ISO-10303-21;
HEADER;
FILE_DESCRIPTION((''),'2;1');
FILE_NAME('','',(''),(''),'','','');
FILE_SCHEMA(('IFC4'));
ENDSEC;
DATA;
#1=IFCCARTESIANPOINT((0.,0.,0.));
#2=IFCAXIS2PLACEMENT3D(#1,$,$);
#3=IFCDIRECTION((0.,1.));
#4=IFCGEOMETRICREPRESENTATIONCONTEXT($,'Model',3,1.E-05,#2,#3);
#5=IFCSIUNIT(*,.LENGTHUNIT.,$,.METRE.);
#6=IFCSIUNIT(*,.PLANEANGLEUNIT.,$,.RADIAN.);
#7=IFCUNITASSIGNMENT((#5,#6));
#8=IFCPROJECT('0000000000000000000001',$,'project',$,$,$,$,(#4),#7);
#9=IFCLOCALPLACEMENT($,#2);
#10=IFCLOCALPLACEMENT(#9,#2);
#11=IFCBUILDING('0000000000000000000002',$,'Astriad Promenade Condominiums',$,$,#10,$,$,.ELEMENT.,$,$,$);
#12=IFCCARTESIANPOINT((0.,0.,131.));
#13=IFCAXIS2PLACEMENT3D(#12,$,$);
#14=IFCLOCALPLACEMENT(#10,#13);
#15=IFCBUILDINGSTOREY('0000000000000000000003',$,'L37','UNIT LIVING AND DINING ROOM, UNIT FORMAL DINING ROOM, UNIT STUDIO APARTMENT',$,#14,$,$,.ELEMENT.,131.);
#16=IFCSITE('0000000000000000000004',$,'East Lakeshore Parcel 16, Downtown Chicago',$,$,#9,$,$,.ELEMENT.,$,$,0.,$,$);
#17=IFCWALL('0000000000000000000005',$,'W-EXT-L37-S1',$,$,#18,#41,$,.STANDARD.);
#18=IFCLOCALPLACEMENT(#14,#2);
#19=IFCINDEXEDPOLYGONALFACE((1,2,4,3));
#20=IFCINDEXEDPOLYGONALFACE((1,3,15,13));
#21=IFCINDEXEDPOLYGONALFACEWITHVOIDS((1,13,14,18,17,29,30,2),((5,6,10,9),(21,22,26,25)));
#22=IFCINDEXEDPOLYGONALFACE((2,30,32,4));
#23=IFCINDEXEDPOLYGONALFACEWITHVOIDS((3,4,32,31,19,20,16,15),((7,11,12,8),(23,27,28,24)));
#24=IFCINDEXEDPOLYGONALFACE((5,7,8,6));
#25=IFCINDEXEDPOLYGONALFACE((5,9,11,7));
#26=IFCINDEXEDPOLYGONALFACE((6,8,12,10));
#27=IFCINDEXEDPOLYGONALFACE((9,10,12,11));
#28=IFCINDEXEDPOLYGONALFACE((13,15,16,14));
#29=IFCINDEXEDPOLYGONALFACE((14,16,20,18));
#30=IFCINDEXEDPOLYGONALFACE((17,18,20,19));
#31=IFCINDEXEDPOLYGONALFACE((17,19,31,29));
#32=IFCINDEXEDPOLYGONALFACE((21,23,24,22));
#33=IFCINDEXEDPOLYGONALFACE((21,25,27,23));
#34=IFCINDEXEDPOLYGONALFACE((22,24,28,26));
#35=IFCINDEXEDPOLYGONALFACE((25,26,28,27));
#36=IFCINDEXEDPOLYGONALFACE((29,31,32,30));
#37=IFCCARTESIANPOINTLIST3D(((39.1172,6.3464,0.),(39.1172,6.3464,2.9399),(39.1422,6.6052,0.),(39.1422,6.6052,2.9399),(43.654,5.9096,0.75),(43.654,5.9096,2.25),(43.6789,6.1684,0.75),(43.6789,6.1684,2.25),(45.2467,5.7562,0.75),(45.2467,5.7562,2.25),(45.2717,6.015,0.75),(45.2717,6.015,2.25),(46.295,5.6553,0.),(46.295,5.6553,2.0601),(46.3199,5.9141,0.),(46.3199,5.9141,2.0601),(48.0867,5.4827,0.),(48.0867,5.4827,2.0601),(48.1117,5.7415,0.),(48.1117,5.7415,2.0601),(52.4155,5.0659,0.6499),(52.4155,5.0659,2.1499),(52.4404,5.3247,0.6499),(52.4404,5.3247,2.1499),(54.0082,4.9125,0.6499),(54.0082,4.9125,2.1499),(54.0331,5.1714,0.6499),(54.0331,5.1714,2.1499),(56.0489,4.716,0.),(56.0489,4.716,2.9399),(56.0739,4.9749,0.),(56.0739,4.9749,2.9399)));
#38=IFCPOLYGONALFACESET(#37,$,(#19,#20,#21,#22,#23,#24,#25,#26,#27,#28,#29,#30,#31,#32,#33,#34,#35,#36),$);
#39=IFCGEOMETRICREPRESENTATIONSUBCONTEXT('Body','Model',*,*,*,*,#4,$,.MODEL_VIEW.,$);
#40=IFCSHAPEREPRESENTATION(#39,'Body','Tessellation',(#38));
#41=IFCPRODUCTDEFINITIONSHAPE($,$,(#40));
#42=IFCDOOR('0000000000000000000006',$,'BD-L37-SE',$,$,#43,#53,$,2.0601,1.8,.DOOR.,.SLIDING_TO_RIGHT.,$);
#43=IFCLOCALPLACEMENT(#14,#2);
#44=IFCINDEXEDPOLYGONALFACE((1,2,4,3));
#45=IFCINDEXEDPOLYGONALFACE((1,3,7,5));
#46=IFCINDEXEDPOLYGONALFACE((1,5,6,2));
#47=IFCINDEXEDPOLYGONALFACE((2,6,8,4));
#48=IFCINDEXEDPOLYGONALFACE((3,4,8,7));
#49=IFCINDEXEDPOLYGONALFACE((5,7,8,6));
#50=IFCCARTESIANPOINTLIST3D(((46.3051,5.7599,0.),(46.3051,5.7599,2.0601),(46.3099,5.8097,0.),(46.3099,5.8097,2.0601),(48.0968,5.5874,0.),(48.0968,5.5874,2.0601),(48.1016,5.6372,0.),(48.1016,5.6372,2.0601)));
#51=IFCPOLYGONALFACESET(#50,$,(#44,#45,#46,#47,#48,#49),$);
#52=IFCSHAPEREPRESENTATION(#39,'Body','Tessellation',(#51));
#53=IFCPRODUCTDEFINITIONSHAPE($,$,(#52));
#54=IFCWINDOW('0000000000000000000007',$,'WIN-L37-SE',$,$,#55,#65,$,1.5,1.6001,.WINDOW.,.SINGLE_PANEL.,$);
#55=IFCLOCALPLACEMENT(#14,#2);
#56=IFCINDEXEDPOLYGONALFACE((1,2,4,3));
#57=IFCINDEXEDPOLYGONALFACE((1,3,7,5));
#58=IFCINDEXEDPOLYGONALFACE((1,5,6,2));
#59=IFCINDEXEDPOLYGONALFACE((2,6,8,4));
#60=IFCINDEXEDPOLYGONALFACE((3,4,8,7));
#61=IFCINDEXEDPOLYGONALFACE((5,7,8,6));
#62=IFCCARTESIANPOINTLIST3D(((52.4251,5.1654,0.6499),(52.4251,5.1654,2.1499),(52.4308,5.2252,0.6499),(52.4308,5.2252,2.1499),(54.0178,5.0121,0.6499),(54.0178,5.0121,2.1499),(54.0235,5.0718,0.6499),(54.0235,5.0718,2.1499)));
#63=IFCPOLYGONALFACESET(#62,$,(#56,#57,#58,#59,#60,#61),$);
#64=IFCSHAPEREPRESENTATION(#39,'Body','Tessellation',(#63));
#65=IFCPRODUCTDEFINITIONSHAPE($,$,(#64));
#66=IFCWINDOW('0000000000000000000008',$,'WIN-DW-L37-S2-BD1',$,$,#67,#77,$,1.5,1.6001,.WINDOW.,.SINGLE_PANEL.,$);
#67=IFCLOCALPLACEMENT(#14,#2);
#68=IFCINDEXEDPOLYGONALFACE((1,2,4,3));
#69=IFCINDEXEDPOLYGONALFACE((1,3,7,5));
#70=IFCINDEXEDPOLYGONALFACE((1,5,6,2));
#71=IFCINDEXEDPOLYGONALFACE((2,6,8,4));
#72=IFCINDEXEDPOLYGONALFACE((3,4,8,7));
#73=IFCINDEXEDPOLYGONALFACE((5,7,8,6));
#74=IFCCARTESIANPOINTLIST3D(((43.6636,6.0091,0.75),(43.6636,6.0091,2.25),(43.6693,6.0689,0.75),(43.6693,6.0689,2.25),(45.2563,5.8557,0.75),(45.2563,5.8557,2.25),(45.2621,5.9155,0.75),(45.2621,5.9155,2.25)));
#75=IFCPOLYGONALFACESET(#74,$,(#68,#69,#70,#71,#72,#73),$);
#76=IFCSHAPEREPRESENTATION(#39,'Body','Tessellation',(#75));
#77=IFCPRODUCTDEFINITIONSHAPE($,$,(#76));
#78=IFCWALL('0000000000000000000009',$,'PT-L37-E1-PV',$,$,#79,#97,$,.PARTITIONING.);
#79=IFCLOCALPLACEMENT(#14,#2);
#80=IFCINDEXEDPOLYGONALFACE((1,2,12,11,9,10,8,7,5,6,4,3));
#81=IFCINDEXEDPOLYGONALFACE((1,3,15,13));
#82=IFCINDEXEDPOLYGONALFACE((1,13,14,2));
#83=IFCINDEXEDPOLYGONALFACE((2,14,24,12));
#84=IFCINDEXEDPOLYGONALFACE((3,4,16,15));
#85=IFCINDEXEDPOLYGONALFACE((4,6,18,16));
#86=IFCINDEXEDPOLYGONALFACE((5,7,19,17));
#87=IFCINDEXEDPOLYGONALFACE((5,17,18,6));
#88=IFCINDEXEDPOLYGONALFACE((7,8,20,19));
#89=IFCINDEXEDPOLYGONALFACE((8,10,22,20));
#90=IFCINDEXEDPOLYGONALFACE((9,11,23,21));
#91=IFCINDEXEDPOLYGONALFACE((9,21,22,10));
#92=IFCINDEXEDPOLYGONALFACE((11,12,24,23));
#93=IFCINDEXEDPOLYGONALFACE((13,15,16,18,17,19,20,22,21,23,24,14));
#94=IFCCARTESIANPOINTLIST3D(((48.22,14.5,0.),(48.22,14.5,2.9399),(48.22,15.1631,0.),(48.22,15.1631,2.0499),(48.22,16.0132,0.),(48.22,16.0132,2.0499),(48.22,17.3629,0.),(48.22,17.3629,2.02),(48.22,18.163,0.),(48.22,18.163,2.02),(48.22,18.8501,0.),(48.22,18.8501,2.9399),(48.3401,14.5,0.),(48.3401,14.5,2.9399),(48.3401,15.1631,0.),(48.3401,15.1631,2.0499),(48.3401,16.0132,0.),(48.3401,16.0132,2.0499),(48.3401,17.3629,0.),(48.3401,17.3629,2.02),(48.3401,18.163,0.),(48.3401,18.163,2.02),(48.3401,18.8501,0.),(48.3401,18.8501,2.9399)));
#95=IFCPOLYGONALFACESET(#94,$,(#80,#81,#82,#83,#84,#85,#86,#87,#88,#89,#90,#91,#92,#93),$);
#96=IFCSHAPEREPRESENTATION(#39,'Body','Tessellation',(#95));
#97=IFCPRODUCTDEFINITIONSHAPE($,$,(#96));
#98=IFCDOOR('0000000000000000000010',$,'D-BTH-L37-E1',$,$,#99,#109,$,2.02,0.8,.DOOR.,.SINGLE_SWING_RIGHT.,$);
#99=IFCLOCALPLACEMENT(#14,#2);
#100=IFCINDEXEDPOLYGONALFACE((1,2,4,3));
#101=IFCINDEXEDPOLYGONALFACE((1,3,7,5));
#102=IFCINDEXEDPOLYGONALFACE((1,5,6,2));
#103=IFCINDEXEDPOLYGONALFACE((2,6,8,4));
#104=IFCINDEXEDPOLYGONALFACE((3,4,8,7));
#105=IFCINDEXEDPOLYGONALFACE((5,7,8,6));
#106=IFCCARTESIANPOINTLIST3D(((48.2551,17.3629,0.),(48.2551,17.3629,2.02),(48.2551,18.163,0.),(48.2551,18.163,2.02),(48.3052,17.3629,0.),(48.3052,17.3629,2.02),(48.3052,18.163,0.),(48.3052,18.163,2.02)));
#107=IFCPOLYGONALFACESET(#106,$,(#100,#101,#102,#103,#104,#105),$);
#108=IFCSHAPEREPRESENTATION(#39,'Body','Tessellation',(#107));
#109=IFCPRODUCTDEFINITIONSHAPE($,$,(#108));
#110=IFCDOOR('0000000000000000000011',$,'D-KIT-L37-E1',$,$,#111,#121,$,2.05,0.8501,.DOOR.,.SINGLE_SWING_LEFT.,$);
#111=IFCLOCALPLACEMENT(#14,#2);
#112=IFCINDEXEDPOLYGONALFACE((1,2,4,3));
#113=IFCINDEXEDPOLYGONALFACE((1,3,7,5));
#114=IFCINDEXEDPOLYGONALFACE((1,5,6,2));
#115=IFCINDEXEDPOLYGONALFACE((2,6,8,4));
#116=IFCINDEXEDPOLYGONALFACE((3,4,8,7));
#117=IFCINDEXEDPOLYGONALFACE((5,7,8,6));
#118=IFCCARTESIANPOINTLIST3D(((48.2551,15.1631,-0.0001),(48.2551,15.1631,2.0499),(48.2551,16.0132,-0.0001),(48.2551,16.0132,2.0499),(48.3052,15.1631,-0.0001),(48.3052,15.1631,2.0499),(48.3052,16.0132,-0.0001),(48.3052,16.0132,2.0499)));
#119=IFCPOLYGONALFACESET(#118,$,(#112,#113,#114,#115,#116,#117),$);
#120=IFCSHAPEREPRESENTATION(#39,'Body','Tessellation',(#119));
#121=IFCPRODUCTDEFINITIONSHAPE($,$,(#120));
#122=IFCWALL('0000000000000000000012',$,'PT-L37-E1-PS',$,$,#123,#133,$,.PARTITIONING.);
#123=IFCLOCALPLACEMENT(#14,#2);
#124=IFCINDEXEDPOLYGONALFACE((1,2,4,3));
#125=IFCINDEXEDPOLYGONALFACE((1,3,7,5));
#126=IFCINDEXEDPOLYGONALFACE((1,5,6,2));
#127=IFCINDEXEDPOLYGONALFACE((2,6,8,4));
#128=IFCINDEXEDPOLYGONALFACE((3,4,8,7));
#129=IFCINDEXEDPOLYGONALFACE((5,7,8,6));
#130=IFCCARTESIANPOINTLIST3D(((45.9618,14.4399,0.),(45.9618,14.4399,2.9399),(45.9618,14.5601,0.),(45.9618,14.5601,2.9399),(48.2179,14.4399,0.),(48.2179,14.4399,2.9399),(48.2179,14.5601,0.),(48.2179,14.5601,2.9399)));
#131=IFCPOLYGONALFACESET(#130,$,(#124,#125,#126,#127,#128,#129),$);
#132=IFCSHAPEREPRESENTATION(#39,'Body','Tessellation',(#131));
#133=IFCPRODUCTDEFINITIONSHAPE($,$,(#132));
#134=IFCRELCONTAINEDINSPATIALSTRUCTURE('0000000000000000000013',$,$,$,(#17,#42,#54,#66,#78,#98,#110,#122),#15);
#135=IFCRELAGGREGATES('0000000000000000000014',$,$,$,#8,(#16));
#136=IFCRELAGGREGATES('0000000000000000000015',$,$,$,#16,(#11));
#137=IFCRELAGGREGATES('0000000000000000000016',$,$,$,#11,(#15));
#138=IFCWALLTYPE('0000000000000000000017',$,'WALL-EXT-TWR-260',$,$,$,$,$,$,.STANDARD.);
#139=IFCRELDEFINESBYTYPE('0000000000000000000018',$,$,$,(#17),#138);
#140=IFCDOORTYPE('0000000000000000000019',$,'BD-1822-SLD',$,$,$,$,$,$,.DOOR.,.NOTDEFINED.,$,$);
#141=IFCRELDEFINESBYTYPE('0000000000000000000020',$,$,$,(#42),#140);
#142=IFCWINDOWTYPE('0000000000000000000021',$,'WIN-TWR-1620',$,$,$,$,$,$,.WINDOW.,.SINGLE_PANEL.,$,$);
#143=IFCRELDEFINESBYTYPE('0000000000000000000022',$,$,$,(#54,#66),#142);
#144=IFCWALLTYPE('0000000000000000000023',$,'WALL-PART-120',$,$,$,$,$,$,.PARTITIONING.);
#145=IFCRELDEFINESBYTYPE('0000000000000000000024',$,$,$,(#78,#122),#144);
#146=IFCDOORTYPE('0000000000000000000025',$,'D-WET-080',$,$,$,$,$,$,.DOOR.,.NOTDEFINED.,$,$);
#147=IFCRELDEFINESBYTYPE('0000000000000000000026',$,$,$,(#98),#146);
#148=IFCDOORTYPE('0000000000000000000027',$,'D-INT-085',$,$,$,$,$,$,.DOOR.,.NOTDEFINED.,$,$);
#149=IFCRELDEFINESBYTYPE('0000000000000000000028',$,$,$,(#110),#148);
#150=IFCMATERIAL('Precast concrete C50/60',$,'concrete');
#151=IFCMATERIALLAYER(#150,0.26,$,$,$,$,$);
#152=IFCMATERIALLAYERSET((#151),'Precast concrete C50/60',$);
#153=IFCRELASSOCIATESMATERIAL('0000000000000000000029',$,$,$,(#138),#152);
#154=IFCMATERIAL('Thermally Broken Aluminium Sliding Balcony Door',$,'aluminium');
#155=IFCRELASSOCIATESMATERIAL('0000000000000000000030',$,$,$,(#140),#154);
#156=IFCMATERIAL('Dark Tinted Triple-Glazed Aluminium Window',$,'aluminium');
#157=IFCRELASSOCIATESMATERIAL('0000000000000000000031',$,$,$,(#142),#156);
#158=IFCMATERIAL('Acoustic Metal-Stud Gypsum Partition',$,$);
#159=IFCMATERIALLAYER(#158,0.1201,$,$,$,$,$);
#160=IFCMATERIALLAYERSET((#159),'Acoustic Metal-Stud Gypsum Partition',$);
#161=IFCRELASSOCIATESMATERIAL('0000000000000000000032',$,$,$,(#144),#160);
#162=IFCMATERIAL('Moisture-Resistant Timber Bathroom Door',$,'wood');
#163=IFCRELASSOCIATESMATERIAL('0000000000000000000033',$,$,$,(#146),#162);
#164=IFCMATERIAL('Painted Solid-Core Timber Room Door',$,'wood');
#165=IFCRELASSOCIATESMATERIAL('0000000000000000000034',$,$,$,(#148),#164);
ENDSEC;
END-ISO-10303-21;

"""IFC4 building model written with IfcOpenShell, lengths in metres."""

from ifc_helpers import new_model, si_unit, direction, frame, frame_2d, origin, place, context, subcontext, project, spatial, rectangle, extrude, source, transform, mapped, material, layer, layer_set, type_object, type_shapes, element, fill, save


model = new_model("IFC4")

# Units and contexts
model_context = context("Model", 3, precision=1e-05, world=origin(), true_north=direction((0.0, 1.0)))
body_context = subcontext(model_context, "Body", "Model", "MODEL_VIEW")
ifc_project = project(units=[si_unit("LENGTHUNIT", "METRE"), si_unit("PLANEANGLEUNIT", "RADIAN")], contexts=[model_context])

# Site, building, storey
site_placement = place(None, origin())
site = spatial("IfcSite", under=ifc_project, at=site_placement, Name="East Lakeshore Parcel 16, Downtown Chicago", CompositionType="ELEMENT", RefElevation=0.0)
building_placement = place(site_placement, origin())
building = spatial("IfcBuilding", under=site, at=building_placement, Name="Astriad Promenade Condominiums", CompositionType="ELEMENT")
storey_placement = place(building_placement, frame((0.0, 0.0, 131.0)))
storey = spatial("IfcBuildingStorey", under=building, at=storey_placement, Name="L37", Description="UNIT LIVING AND DINING ROOM, UNIT FORMAL DINING ROOM, UNIT STUDIO APARTMENT", CompositionType="ELEMENT", Elevation=131.0)

# Wall, openings, door, windows
ifc_material_1 = material(Name="Precast concrete C50/60", Category="concrete")
ifc_layer_1 = layer(ifc_material_1, 0.26)
ifc_layer_set_1 = layer_set([ifc_layer_1], Name="Precast concrete C50/60")
wall_type_1 = type_object("IfcWallType", Name="WALL-EXT-TWR-260", PredefinedType="STANDARD", material=ifc_layer_set_1)
wall_1_placement = place(storey_placement, frame((56.0613, 4.8455, 0.0), z_axis=(0.0, 0.0, 1.0), x_axis=(-0.995396, 0.095848, 0.0)))
wall_1 = element("IfcWall", 1, at=wall_1_placement, inside=storey, type_object=wall_type_1, Name="W-EXT-L37-S1", PredefinedType="STANDARD", context=body_context, shape_type="SweptSolid", body=[
    extrude(rectangle(XDim=17.01, YDim=0.26, at=frame_2d((8.5049, 0.0))), origin(), (0.0, 0.0, 1.0), 2.9399),
])
opening_1_placement = place(wall_1_placement, frame((7.999, 0.0, 0.0)))
opening_1 = element("IfcOpeningElement", 2, at=opening_1_placement, cuts=wall_1, PredefinedType="OPENING", context=body_context, shape_type="SweptSolid", body=[
    extrude(rectangle(XDim=1.8, YDim=2.0601, at=frame_2d((0.8999, 1.03))), frame((0.0, 0.1399, 0.0), z_axis=(0.0, -1.0, 0.0), x_axis=(1.0, 0.0, 0.0)), (0.0, 0.0, 1.0), 0.28),
])
opening_2_placement = place(wall_1_placement, frame((2.05, 0.0, 0.6499)))
opening_2 = element("IfcOpeningElement", 3, at=opening_2_placement, cuts=wall_1, PredefinedType="OPENING", context=body_context, shape_type="SweptSolid", body=[
    extrude(rectangle(XDim=1.6001, YDim=1.5, at=frame_2d((0.8, 0.75))), frame((0.0, 0.1399, 0.0), z_axis=(0.0, -1.0, 0.0), x_axis=(1.0, 0.0, 0.0)), (0.0, 0.0, 1.0), 0.28),
])
opening_3_placement = place(wall_1_placement, frame((10.8521, 0.0, 0.75)))
opening_3 = element("IfcOpeningElement", 4, at=opening_3_placement, cuts=wall_1, PredefinedType="OPENING", context=body_context, shape_type="SweptSolid", body=[
    extrude(rectangle(XDim=1.6001, YDim=1.5, at=frame_2d((0.8, 0.75))), frame((0.0, 0.1399, 0.0), z_axis=(0.0, -1.0, 0.0), x_axis=(1.0, 0.0, 0.0)), (0.0, 0.0, 1.0), 0.28),
])
ifc_material_2 = material(Name="Thermally Broken Aluminium Sliding Balcony Door", Category="aluminium")
door_type_1 = type_object("IfcDoorType", Name="BD-1822-SLD", OperationType="NOTDEFINED", PredefinedType="DOOR", material=ifc_material_2)
shared_shape_1 = source(origin(), body_context, "Body", "SweptSolid", [
    extrude(rectangle(XDim=1.8, YDim=2.0601, at=frame_2d((0.8999, 1.03))), frame((0.0, 0.0249, 0.0), z_axis=(0.0, -1.0, 0.0), x_axis=(1.0, 0.0, 0.0)), (0.0, 0.0, 1.0), 0.05),
])
type_shapes(door_type_1, [shared_shape_1])
door_1_placement = place(opening_1_placement, origin())
door_1 = element("IfcDoor", 5, at=door_1_placement, inside=storey, type_object=door_type_1, Name="BD-L37-SE", OperationType="SLIDING_TO_RIGHT", OverallHeight=2.0601, OverallWidth=1.8, PredefinedType="DOOR", context=body_context, shape_type="MappedRepresentation", body=[
    mapped(shared_shape_1, transform((0.0, 0.0, 0.0), scale=1.0)),
])
fill(opening_1, door_1)
ifc_material_3 = material(Name="Dark Tinted Triple-Glazed Aluminium Window", Category="aluminium")
window_type = type_object("IfcWindowType", Name="WIN-TWR-1620", PartitioningType="SINGLE_PANEL", PredefinedType="WINDOW", material=ifc_material_3)
shared_shape_2 = source(origin(), body_context, "Body", "SweptSolid", [
    extrude(rectangle(XDim=1.6001, YDim=1.5, at=frame_2d((0.8, 0.75))), frame((0.0, 0.03, 0.0), z_axis=(0.0, -1.0, 0.0), x_axis=(1.0, 0.0, 0.0)), (0.0, 0.0, 1.0), 0.0601),
])
type_shapes(window_type, [shared_shape_2])
window_1_placement = place(opening_2_placement, origin())
window_1 = element("IfcWindow", 6, at=window_1_placement, inside=storey, type_object=window_type, Name="WIN-L37-SE", OverallHeight=1.5, OverallWidth=1.6001, PartitioningType="SINGLE_PANEL", PredefinedType="WINDOW", context=body_context, shape_type="MappedRepresentation", body=[
    mapped(shared_shape_2, transform((0.0, 0.0, 0.0), scale=1.0)),
])
fill(opening_2, window_1)
window_2_placement = place(opening_3_placement, origin())
window_2 = element("IfcWindow", 7, at=window_2_placement, inside=storey, type_object=window_type, Name="WIN-DW-L37-S2-BD1", OverallHeight=1.5, OverallWidth=1.6001, PartitioningType="SINGLE_PANEL", PredefinedType="WINDOW", context=body_context, shape_type="MappedRepresentation", body=[
    mapped(shared_shape_2, transform((0.0, 0.0, 0.0), scale=1.0)),
])
fill(opening_3, window_2)

# Wall, openings, doors
ifc_material_4 = material(Name="Acoustic Metal-Stud Gypsum Partition")
ifc_layer_2 = layer(ifc_material_4, 0.1201)
ifc_layer_set_2 = layer_set([ifc_layer_2], Name="Acoustic Metal-Stud Gypsum Partition")
wall_type_2 = type_object("IfcWallType", Name="WALL-PART-120", PredefinedType="PARTITIONING", material=ifc_layer_set_2)
wall_2_placement = place(storey_placement, frame((48.28, 14.5, 0.0), z_axis=(0.0, 0.0, 1.0), x_axis=(0.0, 1.0, 0.0)))
wall_2 = element("IfcWall", 8, at=wall_2_placement, inside=storey, type_object=wall_type_2, Name="PT-L37-E1-PV", PredefinedType="PARTITIONING", context=body_context, shape_type="SweptSolid", body=[
    extrude(rectangle(XDim=4.3501, YDim=0.1201, at=frame_2d((2.175, 0.0))), origin(), (0.0, 0.0, 1.0), 2.9399),
])
opening_4_placement = place(wall_2_placement, frame((0.6631, 0.0, 0.0)))
opening_4 = element("IfcOpeningElement", 9, at=opening_4_placement, cuts=wall_2, PredefinedType="OPENING", context=body_context, shape_type="SweptSolid", body=[
    extrude(rectangle(XDim=0.8501, YDim=2.05, at=frame_2d((0.425, 1.0249))), frame((0.0, 0.0701, 0.0), z_axis=(0.0, -1.0, 0.0), x_axis=(1.0, 0.0, 0.0)), (0.0, 0.0, 1.0), 0.1401),
])
opening_5_placement = place(wall_2_placement, frame((2.863, 0.0, 0.0)))
opening_5 = element("IfcOpeningElement", 10, at=opening_5_placement, cuts=wall_2, PredefinedType="OPENING", context=body_context, shape_type="SweptSolid", body=[
    extrude(rectangle(XDim=0.8, YDim=2.02, at=frame_2d((0.3999, 1.01))), frame((0.0, 0.0701, 0.0), z_axis=(0.0, -1.0, 0.0), x_axis=(1.0, 0.0, 0.0)), (0.0, 0.0, 1.0), 0.1401),
])
ifc_material_5 = material(Name="Moisture-Resistant Timber Bathroom Door", Category="wood")
door_type_2 = type_object("IfcDoorType", Name="D-WET-080", OperationType="NOTDEFINED", PredefinedType="DOOR", material=ifc_material_5)
shared_shape_3 = source(origin(), body_context, "Body", "SweptSolid", [
    extrude(rectangle(XDim=0.8, YDim=2.02, at=frame_2d((0.3999, 1.01))), frame((0.0, 0.0249, 0.0), z_axis=(0.0, -1.0, 0.0), x_axis=(1.0, 0.0, 0.0)), (0.0, 0.0, 1.0), 0.05),
])
type_shapes(door_type_2, [shared_shape_3])
door_2_placement = place(opening_5_placement, origin())
door_2 = element("IfcDoor", 11, at=door_2_placement, inside=storey, type_object=door_type_2, Name="D-BTH-L37-E1", OperationType="SINGLE_SWING_RIGHT", OverallHeight=2.02, OverallWidth=0.8, PredefinedType="DOOR", context=body_context, shape_type="MappedRepresentation", body=[
    mapped(shared_shape_3, transform((0.0, 0.0, 0.0), scale=1.0)),
])
fill(opening_5, door_2)
ifc_material_6 = material(Name="Painted Solid-Core Timber Room Door", Category="wood")
door_type_3 = type_object("IfcDoorType", Name="D-INT-085", OperationType="NOTDEFINED", PredefinedType="DOOR", material=ifc_material_6)
shared_shape_4 = source(origin(), body_context, "Body", "SweptSolid", [
    extrude(rectangle(XDim=0.8501, YDim=2.05, at=frame_2d((0.425, 1.0249))), frame((0.0, 0.0249, 0.0), z_axis=(0.0, -1.0, 0.0), x_axis=(1.0, 0.0, 0.0)), (0.0, 0.0, 1.0), 0.05),
])
type_shapes(door_type_3, [shared_shape_4])
door_3_placement = place(opening_4_placement, origin())
door_3 = element("IfcDoor", 12, at=door_3_placement, inside=storey, type_object=door_type_3, Name="D-KIT-L37-E1", OperationType="SINGLE_SWING_LEFT", OverallHeight=2.05, OverallWidth=0.8501, PredefinedType="DOOR", context=body_context, shape_type="MappedRepresentation", body=[
    mapped(shared_shape_4, transform((0.0, 0.0, 0.0), scale=1.0)),
])
fill(opening_4, door_3)

# Wall
wall_3_placement = place(storey_placement, frame((45.9619, 14.5, 0.0), z_axis=(0.0, 0.0, 1.0), x_axis=(1.0, 0.0, 0.0)))
element("IfcWall", 13, at=wall_3_placement, inside=storey, type_object=wall_type_2, Name="PT-L37-E1-PS", PredefinedType="PARTITIONING", context=body_context, shape_type="SweptSolid", body=[
    extrude(rectangle(XDim=2.2561, YDim=0.1201, at=frame_2d((1.1279, 0.0))), origin(), (0.0, 0.0, 1.0), 2.9399),
])

save(model, "model.ifc")
